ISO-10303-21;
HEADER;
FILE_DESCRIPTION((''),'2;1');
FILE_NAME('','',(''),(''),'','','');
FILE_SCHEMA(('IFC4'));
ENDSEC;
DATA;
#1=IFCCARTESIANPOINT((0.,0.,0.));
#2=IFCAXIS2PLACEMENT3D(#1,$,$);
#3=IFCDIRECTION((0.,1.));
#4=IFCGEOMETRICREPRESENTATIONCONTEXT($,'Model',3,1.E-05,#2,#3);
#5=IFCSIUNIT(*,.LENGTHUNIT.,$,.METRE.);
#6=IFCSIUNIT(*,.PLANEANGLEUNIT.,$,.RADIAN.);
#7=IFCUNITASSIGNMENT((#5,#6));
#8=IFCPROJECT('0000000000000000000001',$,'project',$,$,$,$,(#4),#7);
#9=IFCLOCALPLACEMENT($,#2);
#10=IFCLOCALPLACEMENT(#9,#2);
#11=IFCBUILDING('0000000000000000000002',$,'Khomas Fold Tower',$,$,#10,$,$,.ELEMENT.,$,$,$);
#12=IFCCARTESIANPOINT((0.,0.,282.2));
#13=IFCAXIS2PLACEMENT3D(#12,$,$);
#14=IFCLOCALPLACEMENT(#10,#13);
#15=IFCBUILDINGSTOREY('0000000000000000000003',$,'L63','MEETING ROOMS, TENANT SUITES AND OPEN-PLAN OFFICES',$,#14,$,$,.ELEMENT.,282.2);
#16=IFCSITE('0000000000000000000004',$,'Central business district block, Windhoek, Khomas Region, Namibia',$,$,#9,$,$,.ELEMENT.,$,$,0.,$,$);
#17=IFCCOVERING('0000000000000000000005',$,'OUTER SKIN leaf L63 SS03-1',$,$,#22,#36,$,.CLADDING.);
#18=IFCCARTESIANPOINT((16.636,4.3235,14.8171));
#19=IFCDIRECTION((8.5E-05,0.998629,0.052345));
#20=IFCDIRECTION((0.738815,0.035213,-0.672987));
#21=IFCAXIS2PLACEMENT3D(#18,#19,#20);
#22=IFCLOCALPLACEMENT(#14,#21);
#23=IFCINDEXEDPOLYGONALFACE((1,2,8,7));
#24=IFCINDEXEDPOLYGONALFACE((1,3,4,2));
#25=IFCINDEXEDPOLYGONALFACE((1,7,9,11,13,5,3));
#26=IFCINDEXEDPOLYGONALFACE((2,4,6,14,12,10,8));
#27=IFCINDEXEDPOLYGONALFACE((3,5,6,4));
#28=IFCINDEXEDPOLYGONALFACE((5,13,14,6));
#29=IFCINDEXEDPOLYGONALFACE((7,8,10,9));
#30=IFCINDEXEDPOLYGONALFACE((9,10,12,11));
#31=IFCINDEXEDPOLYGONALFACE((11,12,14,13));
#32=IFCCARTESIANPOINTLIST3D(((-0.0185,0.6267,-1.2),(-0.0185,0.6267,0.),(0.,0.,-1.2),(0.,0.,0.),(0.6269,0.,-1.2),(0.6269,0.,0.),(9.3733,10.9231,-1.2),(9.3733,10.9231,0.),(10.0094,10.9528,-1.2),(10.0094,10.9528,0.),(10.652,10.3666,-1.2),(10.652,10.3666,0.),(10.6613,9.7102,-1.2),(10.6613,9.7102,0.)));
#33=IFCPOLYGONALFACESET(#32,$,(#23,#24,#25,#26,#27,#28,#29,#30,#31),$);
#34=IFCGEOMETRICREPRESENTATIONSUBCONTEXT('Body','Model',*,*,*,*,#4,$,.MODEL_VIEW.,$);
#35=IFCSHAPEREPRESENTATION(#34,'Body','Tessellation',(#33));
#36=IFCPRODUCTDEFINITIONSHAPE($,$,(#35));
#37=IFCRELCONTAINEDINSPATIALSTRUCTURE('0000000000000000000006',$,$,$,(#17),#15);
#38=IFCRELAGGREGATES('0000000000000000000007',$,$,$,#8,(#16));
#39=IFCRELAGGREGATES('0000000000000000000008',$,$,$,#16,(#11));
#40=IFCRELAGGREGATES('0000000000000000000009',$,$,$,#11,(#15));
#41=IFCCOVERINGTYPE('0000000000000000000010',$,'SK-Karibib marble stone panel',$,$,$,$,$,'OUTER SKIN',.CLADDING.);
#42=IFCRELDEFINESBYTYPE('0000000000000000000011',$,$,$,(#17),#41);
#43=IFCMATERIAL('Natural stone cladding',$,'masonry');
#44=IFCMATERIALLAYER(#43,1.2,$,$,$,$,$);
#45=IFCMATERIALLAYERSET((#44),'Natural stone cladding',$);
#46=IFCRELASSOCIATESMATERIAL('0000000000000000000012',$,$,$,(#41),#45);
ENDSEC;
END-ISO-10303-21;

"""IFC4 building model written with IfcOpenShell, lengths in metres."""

from ifc_helpers import new_model, si_unit, direction, frame, origin, place, context, subcontext, project, spatial, polyline, outline, extrude, material, layer, layer_set, type_object, element, save


model = new_model("IFC4")

# Units and contexts
model_context = context("Model", 3, precision=1e-05, world=origin(), true_north=direction((0.0, 1.0)))
body_context = subcontext(model_context, "Body", "Model", "MODEL_VIEW")
ifc_project = project(units=[si_unit("LENGTHUNIT", "METRE"), si_unit("PLANEANGLEUNIT", "RADIAN")], contexts=[model_context])

# Site, building, storey
site_placement = place(None, origin())
site = spatial("IfcSite", under=ifc_project, at=site_placement, Name="Central business district block, Windhoek, Khomas Region, Namibia", CompositionType="ELEMENT", RefElevation=0.0)
building_placement = place(site_placement, origin())
building = spatial("IfcBuilding", under=site, at=building_placement, Name="Khomas Fold Tower", CompositionType="ELEMENT")
storey_placement = place(building_placement, frame((0.0, 0.0, 282.2)))
storey = spatial("IfcBuildingStorey", under=building, at=storey_placement, Name="L63", Description="MEETING ROOMS, TENANT SUITES AND OPEN-PLAN OFFICES", CompositionType="ELEMENT", Elevation=282.2)

# Covering
ifc_material_1 = material(Name="Natural stone cladding", Category="masonry")
ifc_layer_1 = layer(ifc_material_1, 1.2)
ifc_layer_set_1 = layer_set([ifc_layer_1], Name="Natural stone cladding")
covering_type_1 = type_object("IfcCoveringType", Name="SK-Karibib marble stone panel", ElementType="OUTER SKIN", PredefinedType="CLADDING", material=ifc_layer_set_1)
covering_1_placement = place(storey_placement, frame((16.636, 4.3235, 14.8171), z_axis=(0.000085, 0.998629, 0.052345), x_axis=(0.738815, 0.035213, -0.672987)))
element("IfcCovering", 1, at=covering_1_placement, inside=storey, type_object=covering_type_1, Name="OUTER SKIN leaf L63 SS03-1", PredefinedType="CLADDING", context=body_context, shape_type="SweptSolid", body=[
    extrude(outline(polyline([(0.0, 0.0), (0.6269, 0.0), (10.6613, 9.7102), (10.652, 10.3666), (10.0094, 10.9528), (9.3733, 10.9231), (-0.0185, 0.6267), (0.0, 0.0)])), origin(), (0.0, 0.0, -1.0), 1.2),
])

save(model, "model.ifc")
